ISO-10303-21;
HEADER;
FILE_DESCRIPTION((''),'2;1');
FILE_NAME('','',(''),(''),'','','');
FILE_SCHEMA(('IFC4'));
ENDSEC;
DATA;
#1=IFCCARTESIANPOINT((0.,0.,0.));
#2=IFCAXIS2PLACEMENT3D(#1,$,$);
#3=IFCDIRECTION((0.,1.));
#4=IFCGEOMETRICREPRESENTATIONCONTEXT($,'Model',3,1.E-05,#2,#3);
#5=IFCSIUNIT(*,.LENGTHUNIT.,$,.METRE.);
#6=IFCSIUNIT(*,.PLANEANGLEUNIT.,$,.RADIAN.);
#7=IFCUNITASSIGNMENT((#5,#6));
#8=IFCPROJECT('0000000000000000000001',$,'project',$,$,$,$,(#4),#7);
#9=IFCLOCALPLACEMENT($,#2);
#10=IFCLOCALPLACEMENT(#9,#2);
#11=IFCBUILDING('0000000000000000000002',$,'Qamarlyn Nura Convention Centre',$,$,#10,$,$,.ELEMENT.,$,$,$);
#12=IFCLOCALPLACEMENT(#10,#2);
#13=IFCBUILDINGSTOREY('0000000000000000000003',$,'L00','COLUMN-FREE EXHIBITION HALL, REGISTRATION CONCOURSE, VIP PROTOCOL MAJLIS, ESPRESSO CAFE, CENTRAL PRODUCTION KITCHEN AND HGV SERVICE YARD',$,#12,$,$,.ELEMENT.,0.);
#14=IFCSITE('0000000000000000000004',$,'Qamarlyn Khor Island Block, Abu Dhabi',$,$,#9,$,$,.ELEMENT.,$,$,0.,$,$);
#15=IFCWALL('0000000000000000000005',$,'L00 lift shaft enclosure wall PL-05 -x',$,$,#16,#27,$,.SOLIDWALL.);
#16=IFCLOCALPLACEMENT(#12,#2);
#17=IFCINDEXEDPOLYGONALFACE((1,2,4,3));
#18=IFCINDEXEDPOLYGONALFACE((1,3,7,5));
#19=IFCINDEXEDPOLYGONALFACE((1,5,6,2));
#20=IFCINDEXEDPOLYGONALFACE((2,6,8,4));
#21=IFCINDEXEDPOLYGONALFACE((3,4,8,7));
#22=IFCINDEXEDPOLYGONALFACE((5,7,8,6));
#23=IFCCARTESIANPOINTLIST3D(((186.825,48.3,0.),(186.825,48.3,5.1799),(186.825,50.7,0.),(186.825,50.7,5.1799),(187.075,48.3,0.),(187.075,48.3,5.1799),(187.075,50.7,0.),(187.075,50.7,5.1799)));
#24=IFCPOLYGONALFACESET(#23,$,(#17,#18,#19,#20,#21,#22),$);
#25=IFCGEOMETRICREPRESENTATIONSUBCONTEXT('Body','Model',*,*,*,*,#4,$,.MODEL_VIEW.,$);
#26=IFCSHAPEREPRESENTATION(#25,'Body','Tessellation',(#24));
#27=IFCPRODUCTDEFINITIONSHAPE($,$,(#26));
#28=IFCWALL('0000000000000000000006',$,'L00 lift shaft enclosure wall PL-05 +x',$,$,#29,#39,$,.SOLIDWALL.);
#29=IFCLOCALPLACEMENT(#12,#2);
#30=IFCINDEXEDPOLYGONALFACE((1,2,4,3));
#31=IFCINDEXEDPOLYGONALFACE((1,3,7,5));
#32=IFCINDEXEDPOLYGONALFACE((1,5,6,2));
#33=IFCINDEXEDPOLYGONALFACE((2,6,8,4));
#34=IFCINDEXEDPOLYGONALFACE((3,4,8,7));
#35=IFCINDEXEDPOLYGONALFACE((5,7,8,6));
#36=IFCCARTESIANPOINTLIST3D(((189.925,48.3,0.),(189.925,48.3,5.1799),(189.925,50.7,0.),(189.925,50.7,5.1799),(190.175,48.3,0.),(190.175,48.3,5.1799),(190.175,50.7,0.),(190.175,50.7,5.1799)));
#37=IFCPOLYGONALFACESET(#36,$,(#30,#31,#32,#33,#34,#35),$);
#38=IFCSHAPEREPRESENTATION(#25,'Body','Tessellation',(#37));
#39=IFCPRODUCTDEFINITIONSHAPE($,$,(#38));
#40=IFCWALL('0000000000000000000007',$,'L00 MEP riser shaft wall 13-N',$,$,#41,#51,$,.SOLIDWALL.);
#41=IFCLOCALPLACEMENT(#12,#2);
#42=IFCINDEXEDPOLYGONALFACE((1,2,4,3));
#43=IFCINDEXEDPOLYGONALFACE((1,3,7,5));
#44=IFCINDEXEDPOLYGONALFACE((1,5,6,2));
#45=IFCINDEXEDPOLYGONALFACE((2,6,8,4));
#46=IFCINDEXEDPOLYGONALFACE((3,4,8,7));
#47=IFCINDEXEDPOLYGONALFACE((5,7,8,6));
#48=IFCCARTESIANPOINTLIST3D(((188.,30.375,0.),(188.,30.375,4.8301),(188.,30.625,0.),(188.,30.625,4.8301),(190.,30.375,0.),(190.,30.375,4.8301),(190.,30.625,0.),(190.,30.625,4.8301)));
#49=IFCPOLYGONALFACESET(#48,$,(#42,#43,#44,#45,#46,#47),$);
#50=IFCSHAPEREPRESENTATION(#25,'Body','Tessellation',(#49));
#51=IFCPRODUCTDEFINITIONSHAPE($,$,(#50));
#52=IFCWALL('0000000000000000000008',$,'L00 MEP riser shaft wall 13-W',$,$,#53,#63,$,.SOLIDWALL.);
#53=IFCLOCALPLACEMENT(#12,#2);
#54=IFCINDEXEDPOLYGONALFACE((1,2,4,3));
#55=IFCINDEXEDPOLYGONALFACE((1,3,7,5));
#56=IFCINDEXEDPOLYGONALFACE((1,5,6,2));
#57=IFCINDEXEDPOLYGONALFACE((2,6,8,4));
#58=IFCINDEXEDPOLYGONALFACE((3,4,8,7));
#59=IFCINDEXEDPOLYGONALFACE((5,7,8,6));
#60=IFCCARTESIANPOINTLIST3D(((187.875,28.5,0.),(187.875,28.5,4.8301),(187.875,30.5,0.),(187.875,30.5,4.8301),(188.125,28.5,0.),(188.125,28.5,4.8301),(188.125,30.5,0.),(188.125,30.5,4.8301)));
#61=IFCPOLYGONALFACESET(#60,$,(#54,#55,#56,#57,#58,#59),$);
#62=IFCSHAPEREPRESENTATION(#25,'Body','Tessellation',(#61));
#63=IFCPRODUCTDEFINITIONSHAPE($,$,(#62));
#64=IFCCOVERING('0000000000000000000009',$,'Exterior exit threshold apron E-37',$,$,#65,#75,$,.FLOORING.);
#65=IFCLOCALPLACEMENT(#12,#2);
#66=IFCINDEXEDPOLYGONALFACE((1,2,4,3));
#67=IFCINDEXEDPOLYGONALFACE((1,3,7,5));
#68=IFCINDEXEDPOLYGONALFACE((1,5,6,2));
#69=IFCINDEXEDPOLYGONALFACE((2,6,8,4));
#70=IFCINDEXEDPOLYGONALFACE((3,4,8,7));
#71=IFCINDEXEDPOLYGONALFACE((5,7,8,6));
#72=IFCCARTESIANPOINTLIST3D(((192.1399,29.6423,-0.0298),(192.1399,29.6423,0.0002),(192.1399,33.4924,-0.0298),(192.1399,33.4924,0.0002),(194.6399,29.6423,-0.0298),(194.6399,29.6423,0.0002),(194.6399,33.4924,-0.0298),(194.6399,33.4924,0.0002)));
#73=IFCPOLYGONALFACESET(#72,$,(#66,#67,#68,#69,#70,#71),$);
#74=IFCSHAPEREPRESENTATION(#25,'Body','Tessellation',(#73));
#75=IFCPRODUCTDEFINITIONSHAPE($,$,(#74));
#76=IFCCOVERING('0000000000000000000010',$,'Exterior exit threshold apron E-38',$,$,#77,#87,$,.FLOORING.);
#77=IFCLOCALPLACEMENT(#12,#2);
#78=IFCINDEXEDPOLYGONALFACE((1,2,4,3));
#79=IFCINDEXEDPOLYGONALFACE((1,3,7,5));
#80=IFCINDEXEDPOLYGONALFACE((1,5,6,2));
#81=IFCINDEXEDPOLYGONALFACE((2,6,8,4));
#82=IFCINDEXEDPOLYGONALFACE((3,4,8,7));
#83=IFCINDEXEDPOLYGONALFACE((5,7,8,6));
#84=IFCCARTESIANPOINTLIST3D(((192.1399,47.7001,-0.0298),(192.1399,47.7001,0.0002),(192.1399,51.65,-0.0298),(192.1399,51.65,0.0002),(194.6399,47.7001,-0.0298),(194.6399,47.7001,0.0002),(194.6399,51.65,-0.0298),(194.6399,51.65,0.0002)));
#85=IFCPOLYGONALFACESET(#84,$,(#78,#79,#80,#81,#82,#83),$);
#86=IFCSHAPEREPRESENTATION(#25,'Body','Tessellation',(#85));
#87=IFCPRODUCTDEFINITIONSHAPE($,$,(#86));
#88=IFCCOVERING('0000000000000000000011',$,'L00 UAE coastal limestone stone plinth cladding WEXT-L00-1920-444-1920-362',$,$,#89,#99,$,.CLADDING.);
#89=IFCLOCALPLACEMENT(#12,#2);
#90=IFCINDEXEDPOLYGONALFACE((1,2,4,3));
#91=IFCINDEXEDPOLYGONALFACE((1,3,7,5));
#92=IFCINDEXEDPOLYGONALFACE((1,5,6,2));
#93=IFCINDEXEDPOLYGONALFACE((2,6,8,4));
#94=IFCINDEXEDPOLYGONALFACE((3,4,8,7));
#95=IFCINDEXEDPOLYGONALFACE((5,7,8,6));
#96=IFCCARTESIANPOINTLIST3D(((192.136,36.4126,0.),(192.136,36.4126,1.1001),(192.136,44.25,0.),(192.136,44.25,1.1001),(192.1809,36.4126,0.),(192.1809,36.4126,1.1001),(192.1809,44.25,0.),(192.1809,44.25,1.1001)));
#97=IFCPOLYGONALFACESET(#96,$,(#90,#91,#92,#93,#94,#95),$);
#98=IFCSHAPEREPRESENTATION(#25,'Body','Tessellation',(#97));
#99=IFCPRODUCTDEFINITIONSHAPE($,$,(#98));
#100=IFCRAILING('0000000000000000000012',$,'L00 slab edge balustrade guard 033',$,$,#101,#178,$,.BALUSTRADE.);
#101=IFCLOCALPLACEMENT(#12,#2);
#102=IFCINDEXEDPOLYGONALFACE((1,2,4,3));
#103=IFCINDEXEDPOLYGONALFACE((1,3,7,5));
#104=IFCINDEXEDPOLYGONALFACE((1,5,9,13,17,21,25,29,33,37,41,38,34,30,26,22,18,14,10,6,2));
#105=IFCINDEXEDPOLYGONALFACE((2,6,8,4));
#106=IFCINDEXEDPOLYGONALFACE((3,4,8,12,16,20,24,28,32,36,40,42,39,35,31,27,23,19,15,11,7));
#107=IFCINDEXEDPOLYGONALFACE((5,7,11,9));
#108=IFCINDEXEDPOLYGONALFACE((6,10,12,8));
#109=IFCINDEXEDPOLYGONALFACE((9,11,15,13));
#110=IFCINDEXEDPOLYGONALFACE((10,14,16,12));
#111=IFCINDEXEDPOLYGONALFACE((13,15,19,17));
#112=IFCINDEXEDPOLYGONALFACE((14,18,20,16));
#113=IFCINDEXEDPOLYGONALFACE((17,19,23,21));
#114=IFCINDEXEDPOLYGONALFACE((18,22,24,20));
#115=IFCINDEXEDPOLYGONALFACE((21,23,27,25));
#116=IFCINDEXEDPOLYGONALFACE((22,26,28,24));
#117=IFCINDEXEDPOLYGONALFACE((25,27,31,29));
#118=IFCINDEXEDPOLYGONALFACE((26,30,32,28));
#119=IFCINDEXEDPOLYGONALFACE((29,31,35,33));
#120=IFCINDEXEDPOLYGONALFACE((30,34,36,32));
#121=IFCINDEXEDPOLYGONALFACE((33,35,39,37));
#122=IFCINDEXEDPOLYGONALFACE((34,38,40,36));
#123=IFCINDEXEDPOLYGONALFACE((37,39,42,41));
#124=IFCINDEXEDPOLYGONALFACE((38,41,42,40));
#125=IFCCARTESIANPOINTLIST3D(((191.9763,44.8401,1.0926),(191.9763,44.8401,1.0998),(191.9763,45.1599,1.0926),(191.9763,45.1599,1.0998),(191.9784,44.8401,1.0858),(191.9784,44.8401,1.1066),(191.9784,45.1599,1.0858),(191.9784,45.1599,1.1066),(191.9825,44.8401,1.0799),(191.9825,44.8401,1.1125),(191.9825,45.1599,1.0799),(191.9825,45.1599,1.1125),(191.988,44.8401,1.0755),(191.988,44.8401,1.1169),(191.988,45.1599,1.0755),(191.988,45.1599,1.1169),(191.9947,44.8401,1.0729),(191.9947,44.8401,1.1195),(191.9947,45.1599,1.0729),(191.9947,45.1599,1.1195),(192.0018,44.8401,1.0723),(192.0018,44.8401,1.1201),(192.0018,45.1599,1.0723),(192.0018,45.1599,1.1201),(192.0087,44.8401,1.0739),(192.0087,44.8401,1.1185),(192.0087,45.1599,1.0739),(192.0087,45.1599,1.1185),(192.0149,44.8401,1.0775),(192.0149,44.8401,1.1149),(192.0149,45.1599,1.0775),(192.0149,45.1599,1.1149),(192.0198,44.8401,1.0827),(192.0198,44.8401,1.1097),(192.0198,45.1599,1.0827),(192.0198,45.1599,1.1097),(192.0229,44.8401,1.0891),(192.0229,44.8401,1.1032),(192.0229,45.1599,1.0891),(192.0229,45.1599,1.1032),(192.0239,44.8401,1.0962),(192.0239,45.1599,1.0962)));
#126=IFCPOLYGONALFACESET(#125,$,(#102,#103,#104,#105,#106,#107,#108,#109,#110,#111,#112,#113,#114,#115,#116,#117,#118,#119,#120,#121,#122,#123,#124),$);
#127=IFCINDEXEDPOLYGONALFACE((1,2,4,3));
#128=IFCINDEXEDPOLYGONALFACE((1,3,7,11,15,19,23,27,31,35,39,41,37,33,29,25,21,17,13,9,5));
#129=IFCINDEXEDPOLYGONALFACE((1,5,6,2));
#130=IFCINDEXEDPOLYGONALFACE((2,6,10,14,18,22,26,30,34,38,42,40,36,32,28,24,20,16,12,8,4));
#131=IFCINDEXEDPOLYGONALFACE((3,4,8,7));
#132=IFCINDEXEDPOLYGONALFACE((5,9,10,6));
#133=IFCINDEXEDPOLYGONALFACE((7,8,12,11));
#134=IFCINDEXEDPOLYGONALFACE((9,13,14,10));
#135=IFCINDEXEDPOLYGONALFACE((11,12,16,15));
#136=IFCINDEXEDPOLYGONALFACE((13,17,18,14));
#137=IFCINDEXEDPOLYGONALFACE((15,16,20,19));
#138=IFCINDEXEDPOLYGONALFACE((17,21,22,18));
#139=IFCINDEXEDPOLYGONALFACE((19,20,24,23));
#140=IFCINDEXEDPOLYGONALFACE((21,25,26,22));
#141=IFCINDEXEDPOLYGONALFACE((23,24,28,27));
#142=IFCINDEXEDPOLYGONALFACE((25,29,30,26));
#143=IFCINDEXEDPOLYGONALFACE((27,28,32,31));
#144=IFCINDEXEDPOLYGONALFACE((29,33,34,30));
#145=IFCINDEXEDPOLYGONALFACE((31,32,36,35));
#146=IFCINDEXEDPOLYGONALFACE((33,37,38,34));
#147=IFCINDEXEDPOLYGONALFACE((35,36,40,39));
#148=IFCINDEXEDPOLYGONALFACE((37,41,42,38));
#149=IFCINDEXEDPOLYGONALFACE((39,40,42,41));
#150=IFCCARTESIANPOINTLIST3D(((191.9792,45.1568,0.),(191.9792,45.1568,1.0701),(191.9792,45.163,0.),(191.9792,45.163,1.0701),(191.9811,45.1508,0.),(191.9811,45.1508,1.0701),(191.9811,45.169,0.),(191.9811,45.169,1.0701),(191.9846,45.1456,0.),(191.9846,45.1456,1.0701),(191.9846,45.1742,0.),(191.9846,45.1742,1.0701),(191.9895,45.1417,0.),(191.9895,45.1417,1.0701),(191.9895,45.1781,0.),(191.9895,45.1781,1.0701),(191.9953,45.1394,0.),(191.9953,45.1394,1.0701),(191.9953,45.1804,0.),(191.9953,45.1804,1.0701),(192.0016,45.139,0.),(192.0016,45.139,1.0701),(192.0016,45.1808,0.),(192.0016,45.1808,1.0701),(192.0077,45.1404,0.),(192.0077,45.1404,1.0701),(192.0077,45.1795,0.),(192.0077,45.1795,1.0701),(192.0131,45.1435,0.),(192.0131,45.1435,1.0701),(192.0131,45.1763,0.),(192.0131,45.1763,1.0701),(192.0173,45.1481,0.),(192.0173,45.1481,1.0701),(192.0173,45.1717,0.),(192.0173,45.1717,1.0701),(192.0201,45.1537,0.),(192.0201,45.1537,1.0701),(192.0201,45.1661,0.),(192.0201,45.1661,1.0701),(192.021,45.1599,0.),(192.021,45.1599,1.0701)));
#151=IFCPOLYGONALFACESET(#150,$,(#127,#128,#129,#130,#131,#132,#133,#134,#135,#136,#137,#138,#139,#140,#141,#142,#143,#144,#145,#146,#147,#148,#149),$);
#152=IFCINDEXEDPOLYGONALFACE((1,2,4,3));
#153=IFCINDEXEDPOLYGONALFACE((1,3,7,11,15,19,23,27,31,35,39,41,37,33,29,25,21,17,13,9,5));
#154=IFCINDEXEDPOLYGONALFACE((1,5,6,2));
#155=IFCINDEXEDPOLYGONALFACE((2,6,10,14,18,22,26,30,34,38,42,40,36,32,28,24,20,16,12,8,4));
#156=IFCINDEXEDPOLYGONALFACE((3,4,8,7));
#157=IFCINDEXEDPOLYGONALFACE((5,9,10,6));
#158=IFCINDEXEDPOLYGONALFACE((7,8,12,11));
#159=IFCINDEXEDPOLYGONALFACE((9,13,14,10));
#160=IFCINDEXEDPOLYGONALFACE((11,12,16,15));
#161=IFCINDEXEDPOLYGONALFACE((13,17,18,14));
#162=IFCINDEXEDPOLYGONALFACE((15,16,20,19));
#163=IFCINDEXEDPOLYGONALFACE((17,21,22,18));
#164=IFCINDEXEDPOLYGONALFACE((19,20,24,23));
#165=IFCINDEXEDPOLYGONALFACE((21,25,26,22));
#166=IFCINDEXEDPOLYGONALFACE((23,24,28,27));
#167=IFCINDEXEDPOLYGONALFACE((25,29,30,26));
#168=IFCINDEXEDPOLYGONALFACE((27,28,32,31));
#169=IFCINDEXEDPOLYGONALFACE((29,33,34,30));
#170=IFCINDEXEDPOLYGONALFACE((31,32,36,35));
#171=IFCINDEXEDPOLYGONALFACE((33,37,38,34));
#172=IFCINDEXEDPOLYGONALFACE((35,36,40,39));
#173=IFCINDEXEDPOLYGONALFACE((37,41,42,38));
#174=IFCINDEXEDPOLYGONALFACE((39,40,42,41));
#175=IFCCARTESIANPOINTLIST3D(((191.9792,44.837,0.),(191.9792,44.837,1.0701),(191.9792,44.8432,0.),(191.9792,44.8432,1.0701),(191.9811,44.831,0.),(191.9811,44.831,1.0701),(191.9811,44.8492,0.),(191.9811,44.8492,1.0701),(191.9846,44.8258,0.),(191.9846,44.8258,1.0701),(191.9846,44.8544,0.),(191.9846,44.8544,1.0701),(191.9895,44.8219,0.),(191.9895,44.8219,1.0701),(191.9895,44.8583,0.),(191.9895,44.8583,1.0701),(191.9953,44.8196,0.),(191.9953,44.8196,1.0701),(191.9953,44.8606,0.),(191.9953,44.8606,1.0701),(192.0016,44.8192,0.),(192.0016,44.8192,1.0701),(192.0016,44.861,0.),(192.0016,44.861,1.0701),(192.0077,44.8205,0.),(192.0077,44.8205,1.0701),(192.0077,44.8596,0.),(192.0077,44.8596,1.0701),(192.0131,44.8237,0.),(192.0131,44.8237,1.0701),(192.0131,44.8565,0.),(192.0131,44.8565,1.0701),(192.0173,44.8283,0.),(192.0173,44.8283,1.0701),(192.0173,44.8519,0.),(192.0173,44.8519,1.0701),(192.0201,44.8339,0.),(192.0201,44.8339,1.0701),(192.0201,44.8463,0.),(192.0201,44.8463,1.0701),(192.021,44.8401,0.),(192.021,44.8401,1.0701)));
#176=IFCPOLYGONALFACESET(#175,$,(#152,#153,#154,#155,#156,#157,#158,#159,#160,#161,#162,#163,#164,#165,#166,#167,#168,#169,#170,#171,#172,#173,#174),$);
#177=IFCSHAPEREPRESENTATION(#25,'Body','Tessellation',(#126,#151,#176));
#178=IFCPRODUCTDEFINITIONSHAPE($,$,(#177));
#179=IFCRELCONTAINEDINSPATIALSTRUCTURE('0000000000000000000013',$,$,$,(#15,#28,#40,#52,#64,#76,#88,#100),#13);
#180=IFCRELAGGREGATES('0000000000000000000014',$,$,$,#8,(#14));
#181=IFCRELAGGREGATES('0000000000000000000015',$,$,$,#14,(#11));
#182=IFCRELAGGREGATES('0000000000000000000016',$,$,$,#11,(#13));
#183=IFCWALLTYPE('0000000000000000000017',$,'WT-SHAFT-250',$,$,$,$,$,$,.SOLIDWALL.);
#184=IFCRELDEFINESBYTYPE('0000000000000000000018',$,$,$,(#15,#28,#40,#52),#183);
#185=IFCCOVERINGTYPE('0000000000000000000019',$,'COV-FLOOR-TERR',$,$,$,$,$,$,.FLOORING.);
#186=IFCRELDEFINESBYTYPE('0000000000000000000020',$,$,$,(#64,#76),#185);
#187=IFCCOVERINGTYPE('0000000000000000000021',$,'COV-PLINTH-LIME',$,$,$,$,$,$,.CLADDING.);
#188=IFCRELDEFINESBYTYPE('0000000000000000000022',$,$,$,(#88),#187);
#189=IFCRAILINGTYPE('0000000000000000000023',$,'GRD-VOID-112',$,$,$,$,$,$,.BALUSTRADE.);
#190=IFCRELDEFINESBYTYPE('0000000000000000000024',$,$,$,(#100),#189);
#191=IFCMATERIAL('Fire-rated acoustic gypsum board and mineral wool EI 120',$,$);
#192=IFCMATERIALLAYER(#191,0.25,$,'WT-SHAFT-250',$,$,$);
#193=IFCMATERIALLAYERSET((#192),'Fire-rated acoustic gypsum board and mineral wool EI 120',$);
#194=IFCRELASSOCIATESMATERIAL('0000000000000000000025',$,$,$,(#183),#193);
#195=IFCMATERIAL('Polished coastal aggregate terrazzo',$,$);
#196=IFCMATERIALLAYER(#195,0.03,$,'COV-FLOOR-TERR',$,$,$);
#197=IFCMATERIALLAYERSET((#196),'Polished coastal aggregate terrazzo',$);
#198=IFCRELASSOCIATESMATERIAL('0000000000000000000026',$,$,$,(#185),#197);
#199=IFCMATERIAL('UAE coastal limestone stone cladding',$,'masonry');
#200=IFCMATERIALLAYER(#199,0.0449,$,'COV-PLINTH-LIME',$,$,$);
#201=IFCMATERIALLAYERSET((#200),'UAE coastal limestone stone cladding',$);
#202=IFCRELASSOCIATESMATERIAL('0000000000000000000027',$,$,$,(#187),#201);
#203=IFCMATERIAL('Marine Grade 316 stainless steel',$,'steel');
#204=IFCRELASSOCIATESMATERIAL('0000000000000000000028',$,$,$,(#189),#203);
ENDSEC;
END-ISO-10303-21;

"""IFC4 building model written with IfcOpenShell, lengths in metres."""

from ifc_helpers import new_model, si_unit, direction, frame, frame_2d, origin, origin_2d, place, context, subcontext, project, spatial, rectangle, circle, extrude, material, layer, layer_set, type_object, element, save


model = new_model("IFC4")

# Units and contexts
model_context = context("Model", 3, precision=1e-05, world=origin(), true_north=direction((0.0, 1.0)))
body_context = subcontext(model_context, "Body", "Model", "MODEL_VIEW")
ifc_project = project(units=[si_unit("LENGTHUNIT", "METRE"), si_unit("PLANEANGLEUNIT", "RADIAN")], contexts=[model_context])

# Site, building, storey
site_placement = place(None, origin())
site = spatial("IfcSite", under=ifc_project, at=site_placement, Name="Qamarlyn Khor Island Block, Abu Dhabi", CompositionType="ELEMENT", RefElevation=0.0)
building_placement = place(site_placement, origin())
building = spatial("IfcBuilding", under=site, at=building_placement, Name="Qamarlyn Nura Convention Centre", CompositionType="ELEMENT")
storey_placement = place(building_placement, origin())
storey = spatial("IfcBuildingStorey", under=building, at=storey_placement, Name="L00", Description="COLUMN-FREE EXHIBITION HALL, REGISTRATION CONCOURSE, VIP PROTOCOL MAJLIS, ESPRESSO CAFE, CENTRAL PRODUCTION KITCHEN AND HGV SERVICE YARD", CompositionType="ELEMENT", Elevation=0.0)

# Shared definitions
ifc_material_1 = material(Name="Fire-rated acoustic gypsum board and mineral wool EI 120")
ifc_layer_1 = layer(ifc_material_1, 0.25, Name="WT-SHAFT-250")
ifc_layer_set_1 = layer_set([ifc_layer_1], Name="Fire-rated acoustic gypsum board and mineral wool EI 120")
wall_type_1 = type_object("IfcWallType", Name="WT-SHAFT-250", PredefinedType="SOLIDWALL", material=ifc_layer_set_1)
ifc_material_2 = material(Name="Marine Grade 316 stainless steel", Category="steel")

# Walls
for number, where, z_axis, x_axis, name in (
    (1, (186.95, 50.7, 0.0), (0.0, 0.0, 1.0), (0.0, -1.0, 0.0), "L00 lift shaft enclosure wall PL-05 -x"),
    (2, (190.05, 48.3, 0.0), (0.0, 0.0, 1.0), (0.0, 1.0, 0.0), "L00 lift shaft enclosure wall PL-05 +x"),
):
    element("IfcWall", number, at=place(storey_placement, frame(where, z_axis=z_axis, x_axis=x_axis)), inside=storey, type_object=wall_type_1, Name=name, PredefinedType="SOLIDWALL", context=body_context, shape_type="SweptSolid", body=[
        extrude(rectangle(XDim=2.3999, YDim=0.25, at=frame_2d((1.2, 0.0))), origin(), (0.0, 0.0, 1.0), 5.1799),
    ])
for number, where, z_axis, x_axis, name in (
    (3, (190.0, 30.5, 0.0), (0.0, 0.0, 1.0), (-1.0, 0.0, 0.0), "L00 MEP riser shaft wall 13-N"),
    (4, (188.0, 30.5, 0.0), (0.0, 0.0, 1.0), (0.0, -1.0, 0.0), "L00 MEP riser shaft wall 13-W"),
):
    element("IfcWall", number, at=place(storey_placement, frame(where, z_axis=z_axis, x_axis=x_axis)), inside=storey, type_object=wall_type_1, Name=name, PredefinedType="SOLIDWALL", context=body_context, shape_type="SweptSolid", body=[
        extrude(rectangle(XDim=2.0, YDim=0.25, at=frame_2d((1.0, 0.0))), origin(), (0.0, 0.0, 1.0), 4.8301),
    ])

# Coverings
ifc_material_3 = material(Name="Polished coastal aggregate terrazzo")
ifc_layer_2 = layer(ifc_material_3, 0.03, Name="COV-FLOOR-TERR")
ifc_layer_set_2 = layer_set([ifc_layer_2], Name="Polished coastal aggregate terrazzo")
covering_type_1 = type_object("IfcCoveringType", Name="COV-FLOOR-TERR", PredefinedType="FLOORING", material=ifc_layer_set_2)
covering_1_placement = place(storey_placement, frame((193.3899, 31.5674, -0.0298), z_axis=(0.0, 0.0, 1.0), x_axis=(0.0, -1.0, 0.0)))
element("IfcCovering", 5, at=covering_1_placement, inside=storey, type_object=covering_type_1, Name="Exterior exit threshold apron E-37", PredefinedType="FLOORING", context=body_context, shape_type="SweptSolid", body=[
    extrude(rectangle(XDim=3.8501, YDim=2.5, at=origin_2d()), origin(), (0.0, 0.0, 1.0), 0.03),
])
covering_2_placement = place(storey_placement, frame((193.3899, 49.675, -0.0298), z_axis=(0.0, 0.0, 1.0), x_axis=(0.0, -1.0, 0.0)))
element("IfcCovering", 6, at=covering_2_placement, inside=storey, type_object=covering_type_1, Name="Exterior exit threshold apron E-38", PredefinedType="FLOORING", context=body_context, shape_type="SweptSolid", body=[
    extrude(rectangle(XDim=3.95, YDim=2.5, at=origin_2d()), origin(), (0.0, 0.0, 1.0), 0.03),
])
ifc_material_4 = material(Name="UAE coastal limestone stone cladding", Category="masonry")
ifc_layer_3 = layer(ifc_material_4, 0.0449, Name="COV-PLINTH-LIME")
ifc_layer_set_3 = layer_set([ifc_layer_3], Name="UAE coastal limestone stone cladding")
covering_type_2 = type_object("IfcCoveringType", Name="COV-PLINTH-LIME", PredefinedType="CLADDING", material=ifc_layer_set_3)
covering_3_placement = place(storey_placement, frame((192.1584, 40.3313, 0.0), z_axis=(0.0, 0.0, 1.0), x_axis=(0.0, -1.0, 0.0)))
element("IfcCovering", 7, at=covering_3_placement, inside=storey, type_object=covering_type_2, Name="L00 UAE coastal limestone stone plinth cladding WEXT-L00-1920-444-1920-362", PredefinedType="CLADDING", context=body_context, shape_type="SweptSolid", body=[
    extrude(rectangle(XDim=7.8374, YDim=0.0449, at=origin_2d()), origin(), (0.0, 0.0, 1.0), 1.1001),
])

# Railing
railing_type = type_object("IfcRailingType", Name="GRD-VOID-112", PredefinedType="BALUSTRADE", material=ifc_material_2)
railing_placement = place(storey_placement, frame((192.0, 45.1599, 0.0)))
element("IfcRailing", 8, at=railing_placement, inside=storey, type_object=railing_type, Name="L00 slab edge balustrade guard 033", PredefinedType="BALUSTRADE", context=body_context, shape_type="SweptSolid", body=[
    extrude(circle(Radius=0.0239, at=origin_2d()), frame((0.0, 0.0, 1.0962), z_axis=(0.0, -1.0, 0.0), x_axis=(1.0, 0.0, 0.0)), (0.0, 0.0, 1.0), 0.3198),
    extrude(circle(Radius=0.021, at=origin_2d()), origin(), (0.0, 0.0, 1.0), 1.0701),
    extrude(circle(Radius=0.021, at=origin_2d()), frame((0.0, -0.3198, 0.0)), (0.0, 0.0, 1.0), 1.0701),
])

save(model, "model.ifc")
